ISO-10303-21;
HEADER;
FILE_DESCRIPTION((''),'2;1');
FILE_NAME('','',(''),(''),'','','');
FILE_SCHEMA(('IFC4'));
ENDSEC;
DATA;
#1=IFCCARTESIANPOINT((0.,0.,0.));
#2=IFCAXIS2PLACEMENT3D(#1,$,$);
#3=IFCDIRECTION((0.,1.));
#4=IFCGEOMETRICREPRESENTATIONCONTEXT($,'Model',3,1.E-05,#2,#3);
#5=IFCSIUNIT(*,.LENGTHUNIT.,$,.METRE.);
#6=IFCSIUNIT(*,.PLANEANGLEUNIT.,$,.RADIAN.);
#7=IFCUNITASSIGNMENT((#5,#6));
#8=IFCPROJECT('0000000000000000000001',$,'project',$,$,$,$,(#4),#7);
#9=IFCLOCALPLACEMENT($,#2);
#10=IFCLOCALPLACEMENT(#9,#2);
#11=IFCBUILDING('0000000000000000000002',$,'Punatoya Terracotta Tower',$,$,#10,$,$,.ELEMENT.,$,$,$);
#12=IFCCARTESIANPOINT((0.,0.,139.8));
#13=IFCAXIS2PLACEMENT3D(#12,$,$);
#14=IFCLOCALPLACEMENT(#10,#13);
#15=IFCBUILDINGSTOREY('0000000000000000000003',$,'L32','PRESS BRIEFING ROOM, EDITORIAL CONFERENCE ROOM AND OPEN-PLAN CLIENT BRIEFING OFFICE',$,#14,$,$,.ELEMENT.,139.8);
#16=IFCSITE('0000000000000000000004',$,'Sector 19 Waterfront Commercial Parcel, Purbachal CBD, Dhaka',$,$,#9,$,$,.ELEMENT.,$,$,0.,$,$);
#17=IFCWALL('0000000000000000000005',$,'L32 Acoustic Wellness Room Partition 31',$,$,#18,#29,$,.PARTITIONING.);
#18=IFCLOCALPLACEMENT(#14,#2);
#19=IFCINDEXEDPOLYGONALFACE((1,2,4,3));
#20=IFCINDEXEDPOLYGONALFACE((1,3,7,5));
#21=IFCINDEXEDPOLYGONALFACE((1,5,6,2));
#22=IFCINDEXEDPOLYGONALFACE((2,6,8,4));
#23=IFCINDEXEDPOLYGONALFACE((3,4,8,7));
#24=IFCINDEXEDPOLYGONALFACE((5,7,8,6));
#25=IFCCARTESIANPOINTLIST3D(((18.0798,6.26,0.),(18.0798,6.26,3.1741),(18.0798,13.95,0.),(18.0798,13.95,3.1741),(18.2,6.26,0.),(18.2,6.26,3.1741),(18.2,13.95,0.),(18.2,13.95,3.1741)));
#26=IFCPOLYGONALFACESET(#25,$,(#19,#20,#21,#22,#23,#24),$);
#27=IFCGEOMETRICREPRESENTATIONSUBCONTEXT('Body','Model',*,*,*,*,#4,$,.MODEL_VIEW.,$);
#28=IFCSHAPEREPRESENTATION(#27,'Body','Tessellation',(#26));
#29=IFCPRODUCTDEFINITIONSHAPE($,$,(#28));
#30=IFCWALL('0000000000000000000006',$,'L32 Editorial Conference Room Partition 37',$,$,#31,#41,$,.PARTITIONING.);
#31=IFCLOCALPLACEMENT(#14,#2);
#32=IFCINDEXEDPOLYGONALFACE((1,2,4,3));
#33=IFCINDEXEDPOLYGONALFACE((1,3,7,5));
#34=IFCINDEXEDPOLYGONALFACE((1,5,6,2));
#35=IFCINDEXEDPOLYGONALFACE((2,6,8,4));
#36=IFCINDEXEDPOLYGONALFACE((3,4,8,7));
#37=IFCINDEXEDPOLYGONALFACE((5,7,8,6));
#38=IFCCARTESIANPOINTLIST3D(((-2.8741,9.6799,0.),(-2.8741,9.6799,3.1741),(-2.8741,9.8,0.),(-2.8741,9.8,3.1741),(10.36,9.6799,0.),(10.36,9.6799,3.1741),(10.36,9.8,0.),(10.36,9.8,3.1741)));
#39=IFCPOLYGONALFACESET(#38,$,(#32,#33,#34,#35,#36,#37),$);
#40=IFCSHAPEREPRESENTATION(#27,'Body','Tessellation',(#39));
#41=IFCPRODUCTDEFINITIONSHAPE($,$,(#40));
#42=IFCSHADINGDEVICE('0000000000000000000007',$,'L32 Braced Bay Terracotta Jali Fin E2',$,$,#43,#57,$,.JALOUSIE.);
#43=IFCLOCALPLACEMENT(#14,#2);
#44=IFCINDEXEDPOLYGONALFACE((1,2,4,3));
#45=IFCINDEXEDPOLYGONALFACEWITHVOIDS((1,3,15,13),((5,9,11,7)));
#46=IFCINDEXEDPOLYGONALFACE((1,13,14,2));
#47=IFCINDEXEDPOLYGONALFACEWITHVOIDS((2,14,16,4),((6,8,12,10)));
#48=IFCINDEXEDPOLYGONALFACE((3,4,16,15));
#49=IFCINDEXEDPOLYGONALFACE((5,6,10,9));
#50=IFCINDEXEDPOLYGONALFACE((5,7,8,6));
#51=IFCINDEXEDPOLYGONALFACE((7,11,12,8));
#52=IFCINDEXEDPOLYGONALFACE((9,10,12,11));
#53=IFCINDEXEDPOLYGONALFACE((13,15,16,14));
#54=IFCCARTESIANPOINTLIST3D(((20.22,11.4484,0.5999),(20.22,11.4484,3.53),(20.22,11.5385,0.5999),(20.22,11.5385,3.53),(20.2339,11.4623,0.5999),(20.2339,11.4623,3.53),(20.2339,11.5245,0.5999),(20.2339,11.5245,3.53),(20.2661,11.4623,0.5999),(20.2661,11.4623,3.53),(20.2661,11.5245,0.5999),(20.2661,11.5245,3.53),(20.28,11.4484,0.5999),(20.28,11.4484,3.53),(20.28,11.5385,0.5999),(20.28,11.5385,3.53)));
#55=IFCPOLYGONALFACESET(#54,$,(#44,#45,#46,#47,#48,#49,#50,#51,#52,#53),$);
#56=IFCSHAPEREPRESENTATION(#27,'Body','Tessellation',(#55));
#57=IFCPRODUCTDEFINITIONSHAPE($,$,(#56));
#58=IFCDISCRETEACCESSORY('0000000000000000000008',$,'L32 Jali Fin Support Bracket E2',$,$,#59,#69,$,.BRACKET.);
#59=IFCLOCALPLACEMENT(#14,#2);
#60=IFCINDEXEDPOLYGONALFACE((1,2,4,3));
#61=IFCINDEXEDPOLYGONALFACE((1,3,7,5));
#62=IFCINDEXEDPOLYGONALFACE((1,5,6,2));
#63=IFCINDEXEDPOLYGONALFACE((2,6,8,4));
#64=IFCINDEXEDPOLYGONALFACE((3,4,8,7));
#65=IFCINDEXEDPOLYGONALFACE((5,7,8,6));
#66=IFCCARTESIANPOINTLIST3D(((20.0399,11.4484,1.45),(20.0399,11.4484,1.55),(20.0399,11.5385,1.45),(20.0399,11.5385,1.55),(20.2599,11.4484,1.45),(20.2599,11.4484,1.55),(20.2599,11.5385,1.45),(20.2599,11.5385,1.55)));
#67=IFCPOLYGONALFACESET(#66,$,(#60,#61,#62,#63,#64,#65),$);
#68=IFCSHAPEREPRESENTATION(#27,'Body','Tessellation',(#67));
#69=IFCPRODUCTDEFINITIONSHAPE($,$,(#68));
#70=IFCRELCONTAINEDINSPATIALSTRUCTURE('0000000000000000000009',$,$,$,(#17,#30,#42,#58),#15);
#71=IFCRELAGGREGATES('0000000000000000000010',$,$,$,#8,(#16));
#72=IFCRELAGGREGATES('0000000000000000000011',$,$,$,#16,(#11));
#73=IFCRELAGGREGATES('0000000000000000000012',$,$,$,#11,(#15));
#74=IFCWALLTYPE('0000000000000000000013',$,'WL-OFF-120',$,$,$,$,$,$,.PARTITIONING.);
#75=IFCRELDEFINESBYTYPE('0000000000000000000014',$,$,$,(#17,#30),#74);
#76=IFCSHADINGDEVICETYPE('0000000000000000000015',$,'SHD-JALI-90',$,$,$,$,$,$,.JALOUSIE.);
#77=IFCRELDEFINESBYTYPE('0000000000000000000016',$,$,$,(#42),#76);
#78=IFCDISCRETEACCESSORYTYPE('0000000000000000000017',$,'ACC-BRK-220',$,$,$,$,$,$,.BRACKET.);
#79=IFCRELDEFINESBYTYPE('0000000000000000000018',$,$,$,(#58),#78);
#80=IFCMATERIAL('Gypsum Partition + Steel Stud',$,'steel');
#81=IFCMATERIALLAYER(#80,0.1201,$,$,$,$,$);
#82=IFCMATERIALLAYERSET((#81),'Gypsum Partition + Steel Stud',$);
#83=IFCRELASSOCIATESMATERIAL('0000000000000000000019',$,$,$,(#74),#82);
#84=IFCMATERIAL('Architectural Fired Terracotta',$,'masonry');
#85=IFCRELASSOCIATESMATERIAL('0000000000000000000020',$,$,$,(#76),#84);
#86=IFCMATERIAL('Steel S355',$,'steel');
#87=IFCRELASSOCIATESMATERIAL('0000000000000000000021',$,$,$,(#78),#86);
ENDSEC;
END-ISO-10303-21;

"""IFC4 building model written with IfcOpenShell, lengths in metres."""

from ifc_helpers import new_model, si_unit, direction, frame, frame_2d, origin, origin_2d, place, context, subcontext, project, spatial, rectangle, hollow_rectangle, extrude, material, layer, layer_set, material_profile, profile_set, type_object, element, save


model = new_model("IFC4")

# Units and contexts
model_context = context("Model", 3, precision=1e-05, world=origin(), true_north=direction((0.0, 1.0)))
body_context = subcontext(model_context, "Body", "Model", "MODEL_VIEW")
ifc_project = project(units=[si_unit("LENGTHUNIT", "METRE"), si_unit("PLANEANGLEUNIT", "RADIAN")], contexts=[model_context])

# Site, building, storey
site_placement = place(None, origin())
site = spatial("IfcSite", under=ifc_project, at=site_placement, Name="Sector 19 Waterfront Commercial Parcel, Purbachal CBD, Dhaka", CompositionType="ELEMENT", RefElevation=0.0)
building_placement = place(site_placement, origin())
building = spatial("IfcBuilding", under=site, at=building_placement, Name="Punatoya Terracotta Tower", CompositionType="ELEMENT")
storey_placement = place(building_placement, frame((0.0, 0.0, 139.8)))
storey = spatial("IfcBuildingStorey", under=building, at=storey_placement, Name="L32", Description="PRESS BRIEFING ROOM, EDITORIAL CONFERENCE ROOM AND OPEN-PLAN CLIENT BRIEFING OFFICE", CompositionType="ELEMENT", Elevation=139.8)

# Shared definitions
ifc_material_1 = material(Name="Steel S355", Category="steel")

# Walls
ifc_material_2 = material(Name="Gypsum Partition + Steel Stud", Category="steel")
ifc_layer_1 = layer(ifc_material_2, 0.1201)
ifc_layer_set_1 = layer_set([ifc_layer_1], Name="Gypsum Partition + Steel Stud")
wall_type_1 = type_object("IfcWallType", Name="WL-OFF-120", PredefinedType="PARTITIONING", material=ifc_layer_set_1)
wall_1_placement = place(storey_placement, frame((18.1399, 13.95, 0.0), z_axis=(0.0, 0.0, 1.0), x_axis=(0.0, -1.0, 0.0)))
element("IfcWall", 1, at=wall_1_placement, inside=storey, type_object=wall_type_1, Name="L32 Acoustic Wellness Room Partition 31", PredefinedType="PARTITIONING", context=body_context, shape_type="SweptSolid", body=[
    extrude(rectangle(XDim=7.6899, YDim=0.1201, at=frame_2d((3.845, 0.0))), origin(), (0.0, 0.0, 1.0), 3.1741),
])
wall_2_placement = place(storey_placement, frame((10.3601, 9.74, 0.0), z_axis=(0.0, 0.0, 1.0), x_axis=(-1.0, 0.0, 0.0)))
element("IfcWall", 2, at=wall_2_placement, inside=storey, type_object=wall_type_1, Name="L32 Editorial Conference Room Partition 37", PredefinedType="PARTITIONING", context=body_context, shape_type="SweptSolid", body=[
    extrude(rectangle(XDim=13.2341, YDim=0.1201, at=frame_2d((6.6172, 0.0))), origin(), (0.0, 0.0, 1.0), 3.1741),
])

# Shading device
ifc_material_3 = material(Name="Architectural Fired Terracotta", Category="masonry")
ifc_material_profile_1 = material_profile(ifc_material_3, hollow_rectangle(XDim=0.0601, YDim=0.0901, WallThickness=0.0139, at=origin_2d()))
ifc_profile_set_1 = profile_set([ifc_material_profile_1], Name="Architectural Fired Terracotta")
shading_device_type = type_object("IfcShadingDeviceType", Name="SHD-JALI-90", PredefinedType="JALOUSIE", material=ifc_profile_set_1)
shading_device_placement = place(storey_placement, frame((20.25, 11.4934, 0.5999), z_axis=(0.0, 0.0, 1.0), x_axis=(1.0, 0.0, 0.0)))
element("IfcShadingDevice", 3, at=shading_device_placement, inside=storey, type_object=shading_device_type, Name="L32 Braced Bay Terracotta Jali Fin E2", PredefinedType="JALOUSIE", context=body_context, shape_type="SweptSolid", body=[
    extrude(hollow_rectangle(XDim=0.0601, YDim=0.0901, WallThickness=0.0139, at=origin_2d()), origin(), (0.0, 0.0, 1.0), 2.9302),
])

# Discrete accessory
discrete_accessory_type = type_object("IfcDiscreteAccessoryType", Name="ACC-BRK-220", PredefinedType="BRACKET", material=ifc_material_1)
discrete_accessory_placement = place(storey_placement, frame((20.1499, 11.4934, 1.45), z_axis=(0.0, 0.0, 1.0), x_axis=(0.0, 1.0, 0.0)))
element("IfcDiscreteAccessory", 4, at=discrete_accessory_placement, inside=storey, type_object=discrete_accessory_type, Name="L32 Jali Fin Support Bracket E2", PredefinedType="BRACKET", context=body_context, shape_type="SweptSolid", body=[
    extrude(rectangle(XDim=0.0901, YDim=0.22, at=origin_2d()), origin(), (0.0, 0.0, 1.0), 0.1001),
])

save(model, "model.ifc")
